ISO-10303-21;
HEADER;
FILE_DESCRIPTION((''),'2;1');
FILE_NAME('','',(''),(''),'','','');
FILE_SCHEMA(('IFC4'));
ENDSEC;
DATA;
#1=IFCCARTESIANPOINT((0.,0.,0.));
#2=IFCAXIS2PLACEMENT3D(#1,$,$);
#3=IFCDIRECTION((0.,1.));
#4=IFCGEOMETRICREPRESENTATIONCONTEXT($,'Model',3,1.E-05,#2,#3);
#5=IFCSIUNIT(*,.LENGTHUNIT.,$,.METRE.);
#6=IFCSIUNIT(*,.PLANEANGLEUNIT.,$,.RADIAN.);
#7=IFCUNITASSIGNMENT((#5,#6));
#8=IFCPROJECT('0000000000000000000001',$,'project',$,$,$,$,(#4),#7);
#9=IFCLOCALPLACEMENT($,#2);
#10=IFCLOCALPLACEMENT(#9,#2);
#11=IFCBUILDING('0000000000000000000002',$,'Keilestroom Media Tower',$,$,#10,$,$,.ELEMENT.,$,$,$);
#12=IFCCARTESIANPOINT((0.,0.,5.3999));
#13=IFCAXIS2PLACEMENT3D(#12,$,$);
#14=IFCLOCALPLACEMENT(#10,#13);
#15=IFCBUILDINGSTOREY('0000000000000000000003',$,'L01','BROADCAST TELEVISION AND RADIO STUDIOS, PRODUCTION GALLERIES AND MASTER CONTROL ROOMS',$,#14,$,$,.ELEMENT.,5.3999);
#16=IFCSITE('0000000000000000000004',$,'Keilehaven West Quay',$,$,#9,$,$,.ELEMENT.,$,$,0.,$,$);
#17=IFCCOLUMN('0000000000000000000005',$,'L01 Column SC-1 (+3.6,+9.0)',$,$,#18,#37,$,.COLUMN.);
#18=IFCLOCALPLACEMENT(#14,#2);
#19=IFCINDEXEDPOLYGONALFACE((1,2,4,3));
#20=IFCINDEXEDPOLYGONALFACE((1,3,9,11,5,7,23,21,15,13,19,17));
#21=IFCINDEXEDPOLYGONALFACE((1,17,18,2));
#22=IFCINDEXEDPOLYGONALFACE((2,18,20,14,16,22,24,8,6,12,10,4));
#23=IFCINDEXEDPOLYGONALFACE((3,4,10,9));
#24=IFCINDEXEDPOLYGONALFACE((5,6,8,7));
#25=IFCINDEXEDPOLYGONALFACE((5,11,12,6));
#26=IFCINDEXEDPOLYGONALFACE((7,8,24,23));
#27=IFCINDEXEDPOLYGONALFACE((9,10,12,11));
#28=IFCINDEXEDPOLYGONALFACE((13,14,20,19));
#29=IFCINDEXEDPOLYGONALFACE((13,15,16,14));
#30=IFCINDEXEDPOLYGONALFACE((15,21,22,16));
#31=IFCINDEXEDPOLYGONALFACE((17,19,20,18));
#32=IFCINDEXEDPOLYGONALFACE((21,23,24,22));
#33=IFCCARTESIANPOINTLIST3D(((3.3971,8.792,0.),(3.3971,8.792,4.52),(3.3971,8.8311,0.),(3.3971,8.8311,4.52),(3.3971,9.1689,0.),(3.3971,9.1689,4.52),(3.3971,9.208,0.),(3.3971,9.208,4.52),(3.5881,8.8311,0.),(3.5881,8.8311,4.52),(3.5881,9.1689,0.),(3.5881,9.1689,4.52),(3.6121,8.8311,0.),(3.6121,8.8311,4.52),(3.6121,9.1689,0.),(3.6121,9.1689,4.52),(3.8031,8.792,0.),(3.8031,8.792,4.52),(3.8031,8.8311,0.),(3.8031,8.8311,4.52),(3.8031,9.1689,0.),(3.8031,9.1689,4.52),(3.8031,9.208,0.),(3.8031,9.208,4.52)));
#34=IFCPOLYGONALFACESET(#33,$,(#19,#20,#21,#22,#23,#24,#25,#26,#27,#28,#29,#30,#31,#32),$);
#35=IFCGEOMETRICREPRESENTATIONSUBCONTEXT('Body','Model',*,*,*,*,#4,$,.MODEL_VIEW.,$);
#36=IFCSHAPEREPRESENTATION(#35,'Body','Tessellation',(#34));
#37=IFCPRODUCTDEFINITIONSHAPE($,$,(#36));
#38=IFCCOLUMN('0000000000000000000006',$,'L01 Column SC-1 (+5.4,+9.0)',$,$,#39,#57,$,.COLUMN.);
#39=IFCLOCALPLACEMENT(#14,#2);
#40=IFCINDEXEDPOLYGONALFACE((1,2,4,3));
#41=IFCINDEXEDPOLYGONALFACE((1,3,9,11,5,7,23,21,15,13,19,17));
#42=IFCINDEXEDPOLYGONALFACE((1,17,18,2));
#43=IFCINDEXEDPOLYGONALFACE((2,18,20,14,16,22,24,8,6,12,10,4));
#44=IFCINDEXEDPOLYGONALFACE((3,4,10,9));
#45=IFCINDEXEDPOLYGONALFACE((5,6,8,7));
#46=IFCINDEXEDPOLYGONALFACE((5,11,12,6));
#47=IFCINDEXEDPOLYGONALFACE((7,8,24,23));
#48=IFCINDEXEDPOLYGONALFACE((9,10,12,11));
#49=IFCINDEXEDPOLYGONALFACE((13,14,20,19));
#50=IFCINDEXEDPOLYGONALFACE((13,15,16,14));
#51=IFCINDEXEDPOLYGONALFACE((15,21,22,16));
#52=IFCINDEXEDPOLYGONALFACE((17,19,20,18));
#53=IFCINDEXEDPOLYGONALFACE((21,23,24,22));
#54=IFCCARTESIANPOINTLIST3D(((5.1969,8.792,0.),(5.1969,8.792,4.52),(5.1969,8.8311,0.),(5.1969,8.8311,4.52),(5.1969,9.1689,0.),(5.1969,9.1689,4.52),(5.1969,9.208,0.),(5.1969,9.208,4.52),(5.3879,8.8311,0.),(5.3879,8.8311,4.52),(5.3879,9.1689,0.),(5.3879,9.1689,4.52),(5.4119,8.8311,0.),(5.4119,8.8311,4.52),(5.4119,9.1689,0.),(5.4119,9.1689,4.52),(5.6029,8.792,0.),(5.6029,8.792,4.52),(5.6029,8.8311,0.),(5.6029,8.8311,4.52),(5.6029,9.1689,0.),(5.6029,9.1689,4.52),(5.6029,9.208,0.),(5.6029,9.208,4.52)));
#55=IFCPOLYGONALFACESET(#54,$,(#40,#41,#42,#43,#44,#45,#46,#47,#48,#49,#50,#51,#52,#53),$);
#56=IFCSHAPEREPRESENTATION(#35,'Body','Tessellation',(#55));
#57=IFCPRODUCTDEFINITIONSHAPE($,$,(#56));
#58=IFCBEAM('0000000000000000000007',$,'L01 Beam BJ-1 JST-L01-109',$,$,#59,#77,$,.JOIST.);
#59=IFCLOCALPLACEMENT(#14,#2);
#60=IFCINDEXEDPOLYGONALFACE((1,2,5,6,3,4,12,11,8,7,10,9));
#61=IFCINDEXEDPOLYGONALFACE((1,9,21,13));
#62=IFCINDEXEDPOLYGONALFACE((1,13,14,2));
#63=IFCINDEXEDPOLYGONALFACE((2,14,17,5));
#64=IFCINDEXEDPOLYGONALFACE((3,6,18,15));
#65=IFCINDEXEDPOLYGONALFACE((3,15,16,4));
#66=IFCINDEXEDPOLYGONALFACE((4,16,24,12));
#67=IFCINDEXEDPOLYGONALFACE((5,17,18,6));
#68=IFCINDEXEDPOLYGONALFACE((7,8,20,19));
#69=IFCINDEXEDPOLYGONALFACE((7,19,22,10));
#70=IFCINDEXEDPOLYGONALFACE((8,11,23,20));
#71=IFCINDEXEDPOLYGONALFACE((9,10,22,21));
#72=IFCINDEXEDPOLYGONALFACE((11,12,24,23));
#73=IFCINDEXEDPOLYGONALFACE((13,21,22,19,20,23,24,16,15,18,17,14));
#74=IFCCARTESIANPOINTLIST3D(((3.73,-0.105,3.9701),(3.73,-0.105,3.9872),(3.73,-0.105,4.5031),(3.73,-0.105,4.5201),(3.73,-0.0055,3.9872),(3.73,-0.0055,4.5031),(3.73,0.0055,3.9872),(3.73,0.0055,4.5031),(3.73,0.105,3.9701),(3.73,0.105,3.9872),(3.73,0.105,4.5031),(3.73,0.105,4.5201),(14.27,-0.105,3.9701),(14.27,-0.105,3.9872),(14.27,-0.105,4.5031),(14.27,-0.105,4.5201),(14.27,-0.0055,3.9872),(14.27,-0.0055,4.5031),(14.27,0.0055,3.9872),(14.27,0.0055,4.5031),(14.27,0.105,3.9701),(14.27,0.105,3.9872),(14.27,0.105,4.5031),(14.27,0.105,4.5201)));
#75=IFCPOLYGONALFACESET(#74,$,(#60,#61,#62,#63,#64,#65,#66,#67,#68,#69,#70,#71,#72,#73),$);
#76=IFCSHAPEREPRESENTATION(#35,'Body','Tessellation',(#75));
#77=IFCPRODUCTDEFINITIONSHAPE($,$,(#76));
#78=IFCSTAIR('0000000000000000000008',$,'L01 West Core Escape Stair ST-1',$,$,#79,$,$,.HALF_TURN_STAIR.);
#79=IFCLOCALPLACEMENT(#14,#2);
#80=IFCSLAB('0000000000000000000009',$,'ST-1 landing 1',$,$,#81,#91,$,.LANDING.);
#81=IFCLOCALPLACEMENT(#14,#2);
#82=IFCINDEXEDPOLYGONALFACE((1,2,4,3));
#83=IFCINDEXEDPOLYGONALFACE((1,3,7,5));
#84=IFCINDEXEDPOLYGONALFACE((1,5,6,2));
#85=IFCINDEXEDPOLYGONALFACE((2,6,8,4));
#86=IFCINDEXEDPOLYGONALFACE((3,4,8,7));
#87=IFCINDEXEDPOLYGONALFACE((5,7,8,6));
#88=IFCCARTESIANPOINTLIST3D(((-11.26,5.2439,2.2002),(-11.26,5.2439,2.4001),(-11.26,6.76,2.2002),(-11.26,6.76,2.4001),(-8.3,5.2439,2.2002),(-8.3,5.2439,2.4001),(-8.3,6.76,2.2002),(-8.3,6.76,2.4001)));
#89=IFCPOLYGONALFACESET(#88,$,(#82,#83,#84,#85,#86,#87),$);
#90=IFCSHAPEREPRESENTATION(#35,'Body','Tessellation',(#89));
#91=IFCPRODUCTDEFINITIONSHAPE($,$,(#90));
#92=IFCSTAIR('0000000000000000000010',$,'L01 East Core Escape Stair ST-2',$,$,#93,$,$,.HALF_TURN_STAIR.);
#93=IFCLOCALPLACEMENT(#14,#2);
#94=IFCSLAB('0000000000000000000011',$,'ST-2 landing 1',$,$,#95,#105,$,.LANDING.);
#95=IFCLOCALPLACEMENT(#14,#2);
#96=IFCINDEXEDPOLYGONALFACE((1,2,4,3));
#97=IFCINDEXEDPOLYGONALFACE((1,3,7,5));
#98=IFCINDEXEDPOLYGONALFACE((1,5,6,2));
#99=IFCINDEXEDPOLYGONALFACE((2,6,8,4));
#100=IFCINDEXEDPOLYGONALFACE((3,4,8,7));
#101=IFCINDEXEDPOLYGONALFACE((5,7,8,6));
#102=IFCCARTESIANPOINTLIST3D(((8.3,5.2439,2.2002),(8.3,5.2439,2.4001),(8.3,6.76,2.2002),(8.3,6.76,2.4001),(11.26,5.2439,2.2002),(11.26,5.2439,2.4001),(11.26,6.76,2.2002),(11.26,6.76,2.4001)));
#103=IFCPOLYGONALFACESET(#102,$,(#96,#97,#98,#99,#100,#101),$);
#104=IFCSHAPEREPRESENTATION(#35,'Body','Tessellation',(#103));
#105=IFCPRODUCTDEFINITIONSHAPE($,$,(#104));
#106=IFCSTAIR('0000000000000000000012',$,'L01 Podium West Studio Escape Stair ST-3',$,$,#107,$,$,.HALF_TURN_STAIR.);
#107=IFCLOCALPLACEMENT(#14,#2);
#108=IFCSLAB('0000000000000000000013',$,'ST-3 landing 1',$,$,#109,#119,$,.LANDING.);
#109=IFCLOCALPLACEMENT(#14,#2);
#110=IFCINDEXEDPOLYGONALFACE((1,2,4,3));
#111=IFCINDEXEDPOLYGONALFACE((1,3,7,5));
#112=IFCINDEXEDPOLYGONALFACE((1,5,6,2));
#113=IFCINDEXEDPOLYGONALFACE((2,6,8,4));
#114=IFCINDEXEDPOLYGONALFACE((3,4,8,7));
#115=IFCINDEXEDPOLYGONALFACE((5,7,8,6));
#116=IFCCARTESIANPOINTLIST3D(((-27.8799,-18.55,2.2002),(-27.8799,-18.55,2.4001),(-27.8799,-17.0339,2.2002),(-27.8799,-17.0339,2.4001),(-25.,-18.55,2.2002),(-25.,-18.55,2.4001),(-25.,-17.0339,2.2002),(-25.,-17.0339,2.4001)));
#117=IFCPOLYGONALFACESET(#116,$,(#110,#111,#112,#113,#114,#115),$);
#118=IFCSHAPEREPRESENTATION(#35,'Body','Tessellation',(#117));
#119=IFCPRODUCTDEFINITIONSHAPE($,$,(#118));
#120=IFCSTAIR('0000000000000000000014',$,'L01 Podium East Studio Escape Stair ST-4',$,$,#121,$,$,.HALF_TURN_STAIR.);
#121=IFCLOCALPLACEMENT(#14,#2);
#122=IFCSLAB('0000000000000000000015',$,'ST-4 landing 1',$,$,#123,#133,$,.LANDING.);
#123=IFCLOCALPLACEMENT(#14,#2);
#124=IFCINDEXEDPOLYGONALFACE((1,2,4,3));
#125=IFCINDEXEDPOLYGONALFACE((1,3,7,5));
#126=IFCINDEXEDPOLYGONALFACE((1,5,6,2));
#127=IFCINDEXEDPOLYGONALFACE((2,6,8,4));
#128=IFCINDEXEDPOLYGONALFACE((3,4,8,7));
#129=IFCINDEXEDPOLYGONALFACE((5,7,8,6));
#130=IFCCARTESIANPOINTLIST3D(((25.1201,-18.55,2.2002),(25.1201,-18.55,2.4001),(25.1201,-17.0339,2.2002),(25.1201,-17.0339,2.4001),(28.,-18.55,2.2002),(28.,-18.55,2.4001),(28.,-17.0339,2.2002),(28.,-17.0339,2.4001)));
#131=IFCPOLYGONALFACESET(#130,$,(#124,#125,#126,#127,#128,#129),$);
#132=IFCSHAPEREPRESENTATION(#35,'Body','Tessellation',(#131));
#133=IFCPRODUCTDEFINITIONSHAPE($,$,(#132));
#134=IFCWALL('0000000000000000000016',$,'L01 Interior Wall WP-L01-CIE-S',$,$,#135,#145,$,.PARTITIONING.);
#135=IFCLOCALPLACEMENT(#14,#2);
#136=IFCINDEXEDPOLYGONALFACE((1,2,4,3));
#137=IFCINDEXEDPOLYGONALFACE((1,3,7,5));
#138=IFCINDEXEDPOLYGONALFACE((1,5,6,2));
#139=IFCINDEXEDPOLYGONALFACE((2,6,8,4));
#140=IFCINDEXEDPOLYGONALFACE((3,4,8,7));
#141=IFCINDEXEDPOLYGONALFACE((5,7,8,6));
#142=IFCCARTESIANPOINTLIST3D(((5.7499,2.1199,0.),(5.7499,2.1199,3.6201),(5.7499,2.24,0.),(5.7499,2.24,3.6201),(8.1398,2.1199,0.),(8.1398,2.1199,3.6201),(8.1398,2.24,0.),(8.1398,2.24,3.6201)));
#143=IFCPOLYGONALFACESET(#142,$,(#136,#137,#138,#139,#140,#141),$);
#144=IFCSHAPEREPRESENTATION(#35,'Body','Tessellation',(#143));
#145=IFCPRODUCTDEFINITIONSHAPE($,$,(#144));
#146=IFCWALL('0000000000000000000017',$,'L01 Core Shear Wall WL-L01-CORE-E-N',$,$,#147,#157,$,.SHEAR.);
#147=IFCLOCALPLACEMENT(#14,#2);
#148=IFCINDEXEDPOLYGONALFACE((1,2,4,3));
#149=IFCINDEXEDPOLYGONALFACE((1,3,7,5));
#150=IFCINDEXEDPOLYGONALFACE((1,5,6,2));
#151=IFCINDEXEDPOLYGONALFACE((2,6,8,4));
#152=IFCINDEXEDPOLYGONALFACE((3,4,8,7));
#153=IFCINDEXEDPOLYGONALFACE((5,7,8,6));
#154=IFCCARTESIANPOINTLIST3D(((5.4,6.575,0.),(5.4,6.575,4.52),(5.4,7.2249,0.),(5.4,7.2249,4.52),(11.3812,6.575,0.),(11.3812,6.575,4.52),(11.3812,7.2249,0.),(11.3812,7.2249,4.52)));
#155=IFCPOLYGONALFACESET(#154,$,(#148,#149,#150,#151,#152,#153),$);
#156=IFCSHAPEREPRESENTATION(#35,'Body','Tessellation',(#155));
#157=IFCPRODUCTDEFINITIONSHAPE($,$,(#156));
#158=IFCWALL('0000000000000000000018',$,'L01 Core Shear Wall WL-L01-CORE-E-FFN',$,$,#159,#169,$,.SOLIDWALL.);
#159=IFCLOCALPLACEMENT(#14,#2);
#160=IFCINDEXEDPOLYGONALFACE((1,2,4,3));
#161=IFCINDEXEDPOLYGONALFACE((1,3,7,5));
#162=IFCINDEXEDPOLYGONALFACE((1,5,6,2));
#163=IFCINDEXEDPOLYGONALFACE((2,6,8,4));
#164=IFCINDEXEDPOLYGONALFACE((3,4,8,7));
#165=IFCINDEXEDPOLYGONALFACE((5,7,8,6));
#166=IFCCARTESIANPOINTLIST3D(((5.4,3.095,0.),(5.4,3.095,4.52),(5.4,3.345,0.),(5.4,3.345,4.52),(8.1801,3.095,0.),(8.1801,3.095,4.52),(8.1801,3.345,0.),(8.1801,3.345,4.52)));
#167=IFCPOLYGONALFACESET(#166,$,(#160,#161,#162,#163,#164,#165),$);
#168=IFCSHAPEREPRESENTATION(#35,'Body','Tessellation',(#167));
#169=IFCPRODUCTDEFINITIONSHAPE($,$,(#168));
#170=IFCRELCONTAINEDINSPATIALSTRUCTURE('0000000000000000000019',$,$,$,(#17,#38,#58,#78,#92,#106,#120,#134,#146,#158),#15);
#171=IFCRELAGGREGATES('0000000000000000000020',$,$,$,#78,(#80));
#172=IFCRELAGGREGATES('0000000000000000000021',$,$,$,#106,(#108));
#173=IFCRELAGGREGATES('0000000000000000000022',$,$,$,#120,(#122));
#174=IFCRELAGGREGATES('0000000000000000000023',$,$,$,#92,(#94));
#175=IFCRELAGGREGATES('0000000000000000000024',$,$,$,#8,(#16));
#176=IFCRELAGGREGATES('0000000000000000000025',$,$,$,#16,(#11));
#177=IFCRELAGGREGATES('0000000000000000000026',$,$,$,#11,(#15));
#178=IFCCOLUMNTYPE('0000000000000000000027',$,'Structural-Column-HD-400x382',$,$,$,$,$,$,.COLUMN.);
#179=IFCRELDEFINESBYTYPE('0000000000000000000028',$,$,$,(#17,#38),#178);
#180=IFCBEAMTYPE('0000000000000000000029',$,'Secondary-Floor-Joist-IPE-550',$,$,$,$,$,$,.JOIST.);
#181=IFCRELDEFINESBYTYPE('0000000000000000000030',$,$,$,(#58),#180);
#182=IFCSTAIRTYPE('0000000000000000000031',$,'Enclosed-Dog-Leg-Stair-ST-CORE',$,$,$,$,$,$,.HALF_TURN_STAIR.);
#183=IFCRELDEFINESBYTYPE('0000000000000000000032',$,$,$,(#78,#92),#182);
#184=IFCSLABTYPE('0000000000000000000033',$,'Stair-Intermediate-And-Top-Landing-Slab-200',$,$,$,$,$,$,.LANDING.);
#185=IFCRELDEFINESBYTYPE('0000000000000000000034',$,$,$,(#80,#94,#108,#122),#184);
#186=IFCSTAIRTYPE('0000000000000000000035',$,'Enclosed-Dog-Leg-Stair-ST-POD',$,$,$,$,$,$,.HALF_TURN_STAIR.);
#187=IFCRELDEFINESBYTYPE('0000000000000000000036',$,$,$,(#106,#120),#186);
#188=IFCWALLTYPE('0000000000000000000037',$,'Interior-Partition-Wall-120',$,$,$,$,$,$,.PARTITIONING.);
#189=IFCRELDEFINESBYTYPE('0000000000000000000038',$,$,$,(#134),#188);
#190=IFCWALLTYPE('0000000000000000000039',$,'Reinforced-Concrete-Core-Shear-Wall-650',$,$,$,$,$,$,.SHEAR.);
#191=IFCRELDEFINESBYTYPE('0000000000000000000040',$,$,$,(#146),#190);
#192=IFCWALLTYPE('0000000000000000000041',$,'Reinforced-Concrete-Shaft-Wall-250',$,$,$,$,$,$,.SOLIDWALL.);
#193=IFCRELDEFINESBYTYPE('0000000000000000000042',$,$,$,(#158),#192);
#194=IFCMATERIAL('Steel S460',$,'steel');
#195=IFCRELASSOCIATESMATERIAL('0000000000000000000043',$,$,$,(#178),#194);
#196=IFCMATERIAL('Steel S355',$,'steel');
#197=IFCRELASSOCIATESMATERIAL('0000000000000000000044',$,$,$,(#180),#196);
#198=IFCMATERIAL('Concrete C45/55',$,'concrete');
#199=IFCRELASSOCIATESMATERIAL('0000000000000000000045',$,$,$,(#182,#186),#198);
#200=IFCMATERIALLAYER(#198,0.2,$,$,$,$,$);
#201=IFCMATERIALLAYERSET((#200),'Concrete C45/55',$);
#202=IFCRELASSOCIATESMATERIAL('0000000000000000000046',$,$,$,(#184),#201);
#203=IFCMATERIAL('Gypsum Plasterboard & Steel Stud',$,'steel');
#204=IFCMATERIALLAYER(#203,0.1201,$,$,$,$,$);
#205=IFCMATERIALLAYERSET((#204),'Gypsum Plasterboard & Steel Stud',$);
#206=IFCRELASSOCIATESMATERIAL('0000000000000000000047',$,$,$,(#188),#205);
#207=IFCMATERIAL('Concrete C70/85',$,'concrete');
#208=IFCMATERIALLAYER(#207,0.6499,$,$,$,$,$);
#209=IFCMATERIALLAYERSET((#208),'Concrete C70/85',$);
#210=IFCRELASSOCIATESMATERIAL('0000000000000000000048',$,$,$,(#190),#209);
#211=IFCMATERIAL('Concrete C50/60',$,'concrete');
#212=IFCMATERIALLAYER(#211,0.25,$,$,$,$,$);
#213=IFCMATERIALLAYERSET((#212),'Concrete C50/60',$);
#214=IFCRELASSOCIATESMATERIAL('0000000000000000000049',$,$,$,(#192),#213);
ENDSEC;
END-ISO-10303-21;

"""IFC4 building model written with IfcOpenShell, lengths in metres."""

from ifc_helpers import new_model, si_unit, direction, frame, frame_2d, origin, origin_2d, place, context, subcontext, project, spatial, polyline, rectangle, i_section, outline, extrude, source, transform, mapped, material, layer, layer_set, material_profile, profile_set, type_object, element, aggregate, save


model = new_model("IFC4")

# Units and contexts
model_context = context("Model", 3, precision=1e-05, world=origin(), true_north=direction((0.0, 1.0)))
body_context = subcontext(model_context, "Body", "Model", "MODEL_VIEW")
ifc_project = project(units=[si_unit("LENGTHUNIT", "METRE"), si_unit("PLANEANGLEUNIT", "RADIAN")], contexts=[model_context])

# Site, building, storey
site_placement = place(None, origin())
site = spatial("IfcSite", under=ifc_project, at=site_placement, Name="Keilehaven West Quay", CompositionType="ELEMENT", RefElevation=0.0)
building_placement = place(site_placement, origin())
building = spatial("IfcBuilding", under=site, at=building_placement, Name="Keilestroom Media Tower", CompositionType="ELEMENT")
storey_placement = place(building_placement, frame((0.0, 0.0, 5.3999)))
storey = spatial("IfcBuildingStorey", under=building, at=storey_placement, Name="L01", Description="BROADCAST TELEVISION AND RADIO STUDIOS, PRODUCTION GALLERIES AND MASTER CONTROL ROOMS", CompositionType="ELEMENT", Elevation=5.3999)

# Columns
ifc_material_1 = material(Name="Steel S460", Category="steel")
ifc_material_profile_1 = material_profile(ifc_material_1, i_section(OverallWidth=0.406, OverallDepth=0.416, WebThickness=0.0239, FlangeThickness=0.0391, at=origin_2d()), Name="HD 400x382")
ifc_profile_set_1 = profile_set([ifc_material_profile_1], Name="Steel S460")
column_type = type_object("IfcColumnType", Name="Structural-Column-HD-400x382", PredefinedType="COLUMN", material=ifc_profile_set_1)
shared_shape_1 = source(origin(), body_context, "Body", "SweptSolid", [
    extrude(i_section(OverallWidth=0.406, OverallDepth=0.416, WebThickness=0.0239, FlangeThickness=0.0391, at=origin_2d()), origin(), (0.0, 0.0, 1.0), 4.52),
])
for number, where, z_axis, x_axis, name in (
    (1, (3.6001, 9.0, 0.0), (0.0, 0.0, 1.0), (1.0, 0.0, 0.0), "L01 Column SC-1 (+3.6,+9.0)"),
    (2, (5.3999, 9.0, 0.0), (0.0, 0.0, 1.0), (1.0, 0.0, 0.0), "L01 Column SC-1 (+5.4,+9.0)"),
):
    element("IfcColumn", number, at=place(storey_placement, frame(where, z_axis=z_axis, x_axis=x_axis)), inside=storey, type_object=column_type, Name=name, PredefinedType="COLUMN", context=body_context, shape_type="MappedRepresentation", body=[
        mapped(shared_shape_1, transform((0.0, 0.0, 0.0), x_axis=(1.0, 0.0, 0.0), y_axis=(0.0, 1.0, 0.0), z_axis=(0.0, 0.0, 1.0), scale=1.0)),
    ])

# Beam
ifc_material_2 = material(Name="Steel S355", Category="steel")
ifc_material_profile_2 = material_profile(ifc_material_2, i_section(OverallWidth=0.21, OverallDepth=0.55, WebThickness=0.011, FlangeThickness=0.0171, at=origin_2d()), Name="IPE 550")
ifc_profile_set_2 = profile_set([ifc_material_profile_2], Name="Steel S355")
beam_type = type_object("IfcBeamType", Name="Secondary-Floor-Joist-IPE-550", PredefinedType="JOIST", material=ifc_profile_set_2)
shared_shape_2 = source(origin(), body_context, "Body", "SweptSolid", [
    extrude(i_section(OverallWidth=0.21, OverallDepth=0.55, WebThickness=0.011, FlangeThickness=0.0171, at=origin_2d()), origin(), (0.0, 0.0, 1.0), 10.54),
])
beam_placement = place(storey_placement, frame((3.73, 0.0, 4.2451), z_axis=(1.0, 0.0, 0.0), x_axis=(0.0, 1.0, 0.0)))
element("IfcBeam", 3, at=beam_placement, inside=storey, type_object=beam_type, Name="L01 Beam BJ-1 JST-L01-109", PredefinedType="JOIST", context=body_context, shape_type="MappedRepresentation", body=[
    mapped(shared_shape_2, transform((0.0, 0.0, 0.0), x_axis=(1.0, 0.0, 0.0), y_axis=(0.0, 1.0, 0.0), z_axis=(0.0, 0.0, 1.0), scale=1.0)),
])

# Stairs, slabs
ifc_material_3 = material(Name="Concrete C45/55", Category="concrete")
stair_type_1 = type_object("IfcStairType", Name="Enclosed-Dog-Leg-Stair-ST-CORE", PredefinedType="HALF_TURN_STAIR", material=ifc_material_3)
stair_1_placement = place(storey_placement, origin())
stair_1 = element("IfcStair", 4, at=stair_1_placement, inside=storey, type_object=stair_type_1, Name="L01 West Core Escape Stair ST-1", PredefinedType="HALF_TURN_STAIR")
ifc_layer_1 = layer(ifc_material_3, 0.2)
ifc_layer_set_1 = layer_set([ifc_layer_1], Name="Concrete C45/55")
slab_type = type_object("IfcSlabType", Name="Stair-Intermediate-And-Top-Landing-Slab-200", PredefinedType="LANDING", material=ifc_layer_set_1)
slab_1_placement = place(storey_placement, frame((0.0, 0.0, 2.2002)))
slab_1 = element("IfcSlab", 5, at=slab_1_placement, type_object=slab_type, Name="ST-1 landing 1", PredefinedType="LANDING", context=body_context, shape_type="SweptSolid", body=[
    extrude(outline(polyline([(-8.3, 5.2439), (-8.3, 6.76), (-11.26, 6.76), (-11.26, 5.2439), (-8.3, 5.2439)])), origin(), (0.0, 0.0, 1.0), 0.2),
])
aggregate(stair_1, [slab_1])
stair_2_placement = place(storey_placement, origin())
stair_2 = element("IfcStair", 6, at=stair_2_placement, inside=storey, type_object=stair_type_1, Name="L01 East Core Escape Stair ST-2", PredefinedType="HALF_TURN_STAIR")
slab_2_placement = place(storey_placement, frame((0.0, 0.0, 2.2002)))
slab_2 = element("IfcSlab", 7, at=slab_2_placement, type_object=slab_type, Name="ST-2 landing 1", PredefinedType="LANDING", context=body_context, shape_type="SweptSolid", body=[
    extrude(outline(polyline([(11.26, 5.2439), (11.26, 6.76), (8.3, 6.76), (8.3, 5.2439), (11.26, 5.2439)])), origin(), (0.0, 0.0, 1.0), 0.2),
])
stair_type_2 = type_object("IfcStairType", Name="Enclosed-Dog-Leg-Stair-ST-POD", PredefinedType="HALF_TURN_STAIR", material=ifc_material_3)
stair_3_placement = place(storey_placement, origin())
stair_3 = element("IfcStair", 8, at=stair_3_placement, inside=storey, type_object=stair_type_2, Name="L01 Podium West Studio Escape Stair ST-3", PredefinedType="HALF_TURN_STAIR")
slab_3_placement = place(storey_placement, frame((0.0, 0.0, 2.2002)))
slab_3 = element("IfcSlab", 9, at=slab_3_placement, type_object=slab_type, Name="ST-3 landing 1", PredefinedType="LANDING", context=body_context, shape_type="SweptSolid", body=[
    extrude(outline(polyline([(-27.8799, -17.0339), (-27.8799, -18.55), (-25.0, -18.55), (-25.0, -17.0339), (-27.8799, -17.0339)])), origin(), (0.0, 0.0, 1.0), 0.2),
])
aggregate(stair_3, [slab_3])
stair_4_placement = place(storey_placement, origin())
stair_4 = element("IfcStair", 10, at=stair_4_placement, inside=storey, type_object=stair_type_2, Name="L01 Podium East Studio Escape Stair ST-4", PredefinedType="HALF_TURN_STAIR")
slab_4_placement = place(storey_placement, frame((0.0, 0.0, 2.2002)))
slab_4 = element("IfcSlab", 11, at=slab_4_placement, type_object=slab_type, Name="ST-4 landing 1", PredefinedType="LANDING", context=body_context, shape_type="SweptSolid", body=[
    extrude(outline(polyline([(25.1201, -17.0339), (25.1201, -18.55), (28.0, -18.55), (28.0, -17.0339), (25.1201, -17.0339)])), origin(), (0.0, 0.0, 1.0), 0.2),
])
aggregate(stair_4, [slab_4])

# Walls
ifc_material_4 = material(Name="Gypsum Plasterboard & Steel Stud", Category="steel")
ifc_layer_2 = layer(ifc_material_4, 0.1201)
ifc_layer_set_2 = layer_set([ifc_layer_2], Name="Gypsum Plasterboard & Steel Stud")
wall_type_1 = type_object("IfcWallType", Name="Interior-Partition-Wall-120", PredefinedType="PARTITIONING", material=ifc_layer_set_2)
wall_1_placement = place(storey_placement, frame((5.75, 2.1799, 0.0), z_axis=(0.0, 0.0, 1.0), x_axis=(1.0, 0.0, 0.0)))
element("IfcWall", 12, at=wall_1_placement, inside=storey, type_object=wall_type_1, Name="L01 Interior Wall WP-L01-CIE-S", PredefinedType="PARTITIONING", context=body_context, shape_type="SweptSolid", body=[
    extrude(rectangle(XDim=2.3899, YDim=0.1201, at=frame_2d((1.1948, 0.0))), origin(), (0.0, 0.0, 1.0), 3.6201),
])
ifc_material_5 = material(Name="Concrete C70/85", Category="concrete")
ifc_layer_3 = layer(ifc_material_5, 0.6499)
ifc_layer_set_3 = layer_set([ifc_layer_3], Name="Concrete C70/85")
wall_type_2 = type_object("IfcWallType", Name="Reinforced-Concrete-Core-Shear-Wall-650", PredefinedType="SHEAR", material=ifc_layer_set_3)
wall_2_placement = place(storey_placement, frame((5.3999, 6.8999, 0.0), z_axis=(0.0, 0.0, 1.0), x_axis=(1.0, 0.0, 0.0)))
element("IfcWall", 13, at=wall_2_placement, inside=storey, type_object=wall_type_2, Name="L01 Core Shear Wall WL-L01-CORE-E-N", PredefinedType="SHEAR", context=body_context, shape_type="SweptSolid", body=[
    extrude(rectangle(XDim=5.9812, YDim=0.6499, at=frame_2d((2.9907, 0.0))), origin(), (0.0, 0.0, 1.0), 4.52),
])
ifc_material_6 = material(Name="Concrete C50/60", Category="concrete")
ifc_layer_4 = layer(ifc_material_6, 0.25)
ifc_layer_set_4 = layer_set([ifc_layer_4], Name="Concrete C50/60")
wall_type_3 = type_object("IfcWallType", Name="Reinforced-Concrete-Shaft-Wall-250", PredefinedType="SOLIDWALL", material=ifc_layer_set_4)
wall_3_placement = place(storey_placement, frame((5.3999, 3.22, 0.0), z_axis=(0.0, 0.0, 1.0), x_axis=(1.0, 0.0, 0.0)))
element("IfcWall", 14, at=wall_3_placement, inside=storey, type_object=wall_type_3, Name="L01 Core Shear Wall WL-L01-CORE-E-FFN", PredefinedType="SOLIDWALL", context=body_context, shape_type="SweptSolid", body=[
    extrude(rectangle(XDim=2.78, YDim=0.25, at=frame_2d((1.3901, 0.0))), origin(), (0.0, 0.0, 1.0), 4.52),
])

aggregate(stair_2, [slab_2])

save(model, "model.ifc")
